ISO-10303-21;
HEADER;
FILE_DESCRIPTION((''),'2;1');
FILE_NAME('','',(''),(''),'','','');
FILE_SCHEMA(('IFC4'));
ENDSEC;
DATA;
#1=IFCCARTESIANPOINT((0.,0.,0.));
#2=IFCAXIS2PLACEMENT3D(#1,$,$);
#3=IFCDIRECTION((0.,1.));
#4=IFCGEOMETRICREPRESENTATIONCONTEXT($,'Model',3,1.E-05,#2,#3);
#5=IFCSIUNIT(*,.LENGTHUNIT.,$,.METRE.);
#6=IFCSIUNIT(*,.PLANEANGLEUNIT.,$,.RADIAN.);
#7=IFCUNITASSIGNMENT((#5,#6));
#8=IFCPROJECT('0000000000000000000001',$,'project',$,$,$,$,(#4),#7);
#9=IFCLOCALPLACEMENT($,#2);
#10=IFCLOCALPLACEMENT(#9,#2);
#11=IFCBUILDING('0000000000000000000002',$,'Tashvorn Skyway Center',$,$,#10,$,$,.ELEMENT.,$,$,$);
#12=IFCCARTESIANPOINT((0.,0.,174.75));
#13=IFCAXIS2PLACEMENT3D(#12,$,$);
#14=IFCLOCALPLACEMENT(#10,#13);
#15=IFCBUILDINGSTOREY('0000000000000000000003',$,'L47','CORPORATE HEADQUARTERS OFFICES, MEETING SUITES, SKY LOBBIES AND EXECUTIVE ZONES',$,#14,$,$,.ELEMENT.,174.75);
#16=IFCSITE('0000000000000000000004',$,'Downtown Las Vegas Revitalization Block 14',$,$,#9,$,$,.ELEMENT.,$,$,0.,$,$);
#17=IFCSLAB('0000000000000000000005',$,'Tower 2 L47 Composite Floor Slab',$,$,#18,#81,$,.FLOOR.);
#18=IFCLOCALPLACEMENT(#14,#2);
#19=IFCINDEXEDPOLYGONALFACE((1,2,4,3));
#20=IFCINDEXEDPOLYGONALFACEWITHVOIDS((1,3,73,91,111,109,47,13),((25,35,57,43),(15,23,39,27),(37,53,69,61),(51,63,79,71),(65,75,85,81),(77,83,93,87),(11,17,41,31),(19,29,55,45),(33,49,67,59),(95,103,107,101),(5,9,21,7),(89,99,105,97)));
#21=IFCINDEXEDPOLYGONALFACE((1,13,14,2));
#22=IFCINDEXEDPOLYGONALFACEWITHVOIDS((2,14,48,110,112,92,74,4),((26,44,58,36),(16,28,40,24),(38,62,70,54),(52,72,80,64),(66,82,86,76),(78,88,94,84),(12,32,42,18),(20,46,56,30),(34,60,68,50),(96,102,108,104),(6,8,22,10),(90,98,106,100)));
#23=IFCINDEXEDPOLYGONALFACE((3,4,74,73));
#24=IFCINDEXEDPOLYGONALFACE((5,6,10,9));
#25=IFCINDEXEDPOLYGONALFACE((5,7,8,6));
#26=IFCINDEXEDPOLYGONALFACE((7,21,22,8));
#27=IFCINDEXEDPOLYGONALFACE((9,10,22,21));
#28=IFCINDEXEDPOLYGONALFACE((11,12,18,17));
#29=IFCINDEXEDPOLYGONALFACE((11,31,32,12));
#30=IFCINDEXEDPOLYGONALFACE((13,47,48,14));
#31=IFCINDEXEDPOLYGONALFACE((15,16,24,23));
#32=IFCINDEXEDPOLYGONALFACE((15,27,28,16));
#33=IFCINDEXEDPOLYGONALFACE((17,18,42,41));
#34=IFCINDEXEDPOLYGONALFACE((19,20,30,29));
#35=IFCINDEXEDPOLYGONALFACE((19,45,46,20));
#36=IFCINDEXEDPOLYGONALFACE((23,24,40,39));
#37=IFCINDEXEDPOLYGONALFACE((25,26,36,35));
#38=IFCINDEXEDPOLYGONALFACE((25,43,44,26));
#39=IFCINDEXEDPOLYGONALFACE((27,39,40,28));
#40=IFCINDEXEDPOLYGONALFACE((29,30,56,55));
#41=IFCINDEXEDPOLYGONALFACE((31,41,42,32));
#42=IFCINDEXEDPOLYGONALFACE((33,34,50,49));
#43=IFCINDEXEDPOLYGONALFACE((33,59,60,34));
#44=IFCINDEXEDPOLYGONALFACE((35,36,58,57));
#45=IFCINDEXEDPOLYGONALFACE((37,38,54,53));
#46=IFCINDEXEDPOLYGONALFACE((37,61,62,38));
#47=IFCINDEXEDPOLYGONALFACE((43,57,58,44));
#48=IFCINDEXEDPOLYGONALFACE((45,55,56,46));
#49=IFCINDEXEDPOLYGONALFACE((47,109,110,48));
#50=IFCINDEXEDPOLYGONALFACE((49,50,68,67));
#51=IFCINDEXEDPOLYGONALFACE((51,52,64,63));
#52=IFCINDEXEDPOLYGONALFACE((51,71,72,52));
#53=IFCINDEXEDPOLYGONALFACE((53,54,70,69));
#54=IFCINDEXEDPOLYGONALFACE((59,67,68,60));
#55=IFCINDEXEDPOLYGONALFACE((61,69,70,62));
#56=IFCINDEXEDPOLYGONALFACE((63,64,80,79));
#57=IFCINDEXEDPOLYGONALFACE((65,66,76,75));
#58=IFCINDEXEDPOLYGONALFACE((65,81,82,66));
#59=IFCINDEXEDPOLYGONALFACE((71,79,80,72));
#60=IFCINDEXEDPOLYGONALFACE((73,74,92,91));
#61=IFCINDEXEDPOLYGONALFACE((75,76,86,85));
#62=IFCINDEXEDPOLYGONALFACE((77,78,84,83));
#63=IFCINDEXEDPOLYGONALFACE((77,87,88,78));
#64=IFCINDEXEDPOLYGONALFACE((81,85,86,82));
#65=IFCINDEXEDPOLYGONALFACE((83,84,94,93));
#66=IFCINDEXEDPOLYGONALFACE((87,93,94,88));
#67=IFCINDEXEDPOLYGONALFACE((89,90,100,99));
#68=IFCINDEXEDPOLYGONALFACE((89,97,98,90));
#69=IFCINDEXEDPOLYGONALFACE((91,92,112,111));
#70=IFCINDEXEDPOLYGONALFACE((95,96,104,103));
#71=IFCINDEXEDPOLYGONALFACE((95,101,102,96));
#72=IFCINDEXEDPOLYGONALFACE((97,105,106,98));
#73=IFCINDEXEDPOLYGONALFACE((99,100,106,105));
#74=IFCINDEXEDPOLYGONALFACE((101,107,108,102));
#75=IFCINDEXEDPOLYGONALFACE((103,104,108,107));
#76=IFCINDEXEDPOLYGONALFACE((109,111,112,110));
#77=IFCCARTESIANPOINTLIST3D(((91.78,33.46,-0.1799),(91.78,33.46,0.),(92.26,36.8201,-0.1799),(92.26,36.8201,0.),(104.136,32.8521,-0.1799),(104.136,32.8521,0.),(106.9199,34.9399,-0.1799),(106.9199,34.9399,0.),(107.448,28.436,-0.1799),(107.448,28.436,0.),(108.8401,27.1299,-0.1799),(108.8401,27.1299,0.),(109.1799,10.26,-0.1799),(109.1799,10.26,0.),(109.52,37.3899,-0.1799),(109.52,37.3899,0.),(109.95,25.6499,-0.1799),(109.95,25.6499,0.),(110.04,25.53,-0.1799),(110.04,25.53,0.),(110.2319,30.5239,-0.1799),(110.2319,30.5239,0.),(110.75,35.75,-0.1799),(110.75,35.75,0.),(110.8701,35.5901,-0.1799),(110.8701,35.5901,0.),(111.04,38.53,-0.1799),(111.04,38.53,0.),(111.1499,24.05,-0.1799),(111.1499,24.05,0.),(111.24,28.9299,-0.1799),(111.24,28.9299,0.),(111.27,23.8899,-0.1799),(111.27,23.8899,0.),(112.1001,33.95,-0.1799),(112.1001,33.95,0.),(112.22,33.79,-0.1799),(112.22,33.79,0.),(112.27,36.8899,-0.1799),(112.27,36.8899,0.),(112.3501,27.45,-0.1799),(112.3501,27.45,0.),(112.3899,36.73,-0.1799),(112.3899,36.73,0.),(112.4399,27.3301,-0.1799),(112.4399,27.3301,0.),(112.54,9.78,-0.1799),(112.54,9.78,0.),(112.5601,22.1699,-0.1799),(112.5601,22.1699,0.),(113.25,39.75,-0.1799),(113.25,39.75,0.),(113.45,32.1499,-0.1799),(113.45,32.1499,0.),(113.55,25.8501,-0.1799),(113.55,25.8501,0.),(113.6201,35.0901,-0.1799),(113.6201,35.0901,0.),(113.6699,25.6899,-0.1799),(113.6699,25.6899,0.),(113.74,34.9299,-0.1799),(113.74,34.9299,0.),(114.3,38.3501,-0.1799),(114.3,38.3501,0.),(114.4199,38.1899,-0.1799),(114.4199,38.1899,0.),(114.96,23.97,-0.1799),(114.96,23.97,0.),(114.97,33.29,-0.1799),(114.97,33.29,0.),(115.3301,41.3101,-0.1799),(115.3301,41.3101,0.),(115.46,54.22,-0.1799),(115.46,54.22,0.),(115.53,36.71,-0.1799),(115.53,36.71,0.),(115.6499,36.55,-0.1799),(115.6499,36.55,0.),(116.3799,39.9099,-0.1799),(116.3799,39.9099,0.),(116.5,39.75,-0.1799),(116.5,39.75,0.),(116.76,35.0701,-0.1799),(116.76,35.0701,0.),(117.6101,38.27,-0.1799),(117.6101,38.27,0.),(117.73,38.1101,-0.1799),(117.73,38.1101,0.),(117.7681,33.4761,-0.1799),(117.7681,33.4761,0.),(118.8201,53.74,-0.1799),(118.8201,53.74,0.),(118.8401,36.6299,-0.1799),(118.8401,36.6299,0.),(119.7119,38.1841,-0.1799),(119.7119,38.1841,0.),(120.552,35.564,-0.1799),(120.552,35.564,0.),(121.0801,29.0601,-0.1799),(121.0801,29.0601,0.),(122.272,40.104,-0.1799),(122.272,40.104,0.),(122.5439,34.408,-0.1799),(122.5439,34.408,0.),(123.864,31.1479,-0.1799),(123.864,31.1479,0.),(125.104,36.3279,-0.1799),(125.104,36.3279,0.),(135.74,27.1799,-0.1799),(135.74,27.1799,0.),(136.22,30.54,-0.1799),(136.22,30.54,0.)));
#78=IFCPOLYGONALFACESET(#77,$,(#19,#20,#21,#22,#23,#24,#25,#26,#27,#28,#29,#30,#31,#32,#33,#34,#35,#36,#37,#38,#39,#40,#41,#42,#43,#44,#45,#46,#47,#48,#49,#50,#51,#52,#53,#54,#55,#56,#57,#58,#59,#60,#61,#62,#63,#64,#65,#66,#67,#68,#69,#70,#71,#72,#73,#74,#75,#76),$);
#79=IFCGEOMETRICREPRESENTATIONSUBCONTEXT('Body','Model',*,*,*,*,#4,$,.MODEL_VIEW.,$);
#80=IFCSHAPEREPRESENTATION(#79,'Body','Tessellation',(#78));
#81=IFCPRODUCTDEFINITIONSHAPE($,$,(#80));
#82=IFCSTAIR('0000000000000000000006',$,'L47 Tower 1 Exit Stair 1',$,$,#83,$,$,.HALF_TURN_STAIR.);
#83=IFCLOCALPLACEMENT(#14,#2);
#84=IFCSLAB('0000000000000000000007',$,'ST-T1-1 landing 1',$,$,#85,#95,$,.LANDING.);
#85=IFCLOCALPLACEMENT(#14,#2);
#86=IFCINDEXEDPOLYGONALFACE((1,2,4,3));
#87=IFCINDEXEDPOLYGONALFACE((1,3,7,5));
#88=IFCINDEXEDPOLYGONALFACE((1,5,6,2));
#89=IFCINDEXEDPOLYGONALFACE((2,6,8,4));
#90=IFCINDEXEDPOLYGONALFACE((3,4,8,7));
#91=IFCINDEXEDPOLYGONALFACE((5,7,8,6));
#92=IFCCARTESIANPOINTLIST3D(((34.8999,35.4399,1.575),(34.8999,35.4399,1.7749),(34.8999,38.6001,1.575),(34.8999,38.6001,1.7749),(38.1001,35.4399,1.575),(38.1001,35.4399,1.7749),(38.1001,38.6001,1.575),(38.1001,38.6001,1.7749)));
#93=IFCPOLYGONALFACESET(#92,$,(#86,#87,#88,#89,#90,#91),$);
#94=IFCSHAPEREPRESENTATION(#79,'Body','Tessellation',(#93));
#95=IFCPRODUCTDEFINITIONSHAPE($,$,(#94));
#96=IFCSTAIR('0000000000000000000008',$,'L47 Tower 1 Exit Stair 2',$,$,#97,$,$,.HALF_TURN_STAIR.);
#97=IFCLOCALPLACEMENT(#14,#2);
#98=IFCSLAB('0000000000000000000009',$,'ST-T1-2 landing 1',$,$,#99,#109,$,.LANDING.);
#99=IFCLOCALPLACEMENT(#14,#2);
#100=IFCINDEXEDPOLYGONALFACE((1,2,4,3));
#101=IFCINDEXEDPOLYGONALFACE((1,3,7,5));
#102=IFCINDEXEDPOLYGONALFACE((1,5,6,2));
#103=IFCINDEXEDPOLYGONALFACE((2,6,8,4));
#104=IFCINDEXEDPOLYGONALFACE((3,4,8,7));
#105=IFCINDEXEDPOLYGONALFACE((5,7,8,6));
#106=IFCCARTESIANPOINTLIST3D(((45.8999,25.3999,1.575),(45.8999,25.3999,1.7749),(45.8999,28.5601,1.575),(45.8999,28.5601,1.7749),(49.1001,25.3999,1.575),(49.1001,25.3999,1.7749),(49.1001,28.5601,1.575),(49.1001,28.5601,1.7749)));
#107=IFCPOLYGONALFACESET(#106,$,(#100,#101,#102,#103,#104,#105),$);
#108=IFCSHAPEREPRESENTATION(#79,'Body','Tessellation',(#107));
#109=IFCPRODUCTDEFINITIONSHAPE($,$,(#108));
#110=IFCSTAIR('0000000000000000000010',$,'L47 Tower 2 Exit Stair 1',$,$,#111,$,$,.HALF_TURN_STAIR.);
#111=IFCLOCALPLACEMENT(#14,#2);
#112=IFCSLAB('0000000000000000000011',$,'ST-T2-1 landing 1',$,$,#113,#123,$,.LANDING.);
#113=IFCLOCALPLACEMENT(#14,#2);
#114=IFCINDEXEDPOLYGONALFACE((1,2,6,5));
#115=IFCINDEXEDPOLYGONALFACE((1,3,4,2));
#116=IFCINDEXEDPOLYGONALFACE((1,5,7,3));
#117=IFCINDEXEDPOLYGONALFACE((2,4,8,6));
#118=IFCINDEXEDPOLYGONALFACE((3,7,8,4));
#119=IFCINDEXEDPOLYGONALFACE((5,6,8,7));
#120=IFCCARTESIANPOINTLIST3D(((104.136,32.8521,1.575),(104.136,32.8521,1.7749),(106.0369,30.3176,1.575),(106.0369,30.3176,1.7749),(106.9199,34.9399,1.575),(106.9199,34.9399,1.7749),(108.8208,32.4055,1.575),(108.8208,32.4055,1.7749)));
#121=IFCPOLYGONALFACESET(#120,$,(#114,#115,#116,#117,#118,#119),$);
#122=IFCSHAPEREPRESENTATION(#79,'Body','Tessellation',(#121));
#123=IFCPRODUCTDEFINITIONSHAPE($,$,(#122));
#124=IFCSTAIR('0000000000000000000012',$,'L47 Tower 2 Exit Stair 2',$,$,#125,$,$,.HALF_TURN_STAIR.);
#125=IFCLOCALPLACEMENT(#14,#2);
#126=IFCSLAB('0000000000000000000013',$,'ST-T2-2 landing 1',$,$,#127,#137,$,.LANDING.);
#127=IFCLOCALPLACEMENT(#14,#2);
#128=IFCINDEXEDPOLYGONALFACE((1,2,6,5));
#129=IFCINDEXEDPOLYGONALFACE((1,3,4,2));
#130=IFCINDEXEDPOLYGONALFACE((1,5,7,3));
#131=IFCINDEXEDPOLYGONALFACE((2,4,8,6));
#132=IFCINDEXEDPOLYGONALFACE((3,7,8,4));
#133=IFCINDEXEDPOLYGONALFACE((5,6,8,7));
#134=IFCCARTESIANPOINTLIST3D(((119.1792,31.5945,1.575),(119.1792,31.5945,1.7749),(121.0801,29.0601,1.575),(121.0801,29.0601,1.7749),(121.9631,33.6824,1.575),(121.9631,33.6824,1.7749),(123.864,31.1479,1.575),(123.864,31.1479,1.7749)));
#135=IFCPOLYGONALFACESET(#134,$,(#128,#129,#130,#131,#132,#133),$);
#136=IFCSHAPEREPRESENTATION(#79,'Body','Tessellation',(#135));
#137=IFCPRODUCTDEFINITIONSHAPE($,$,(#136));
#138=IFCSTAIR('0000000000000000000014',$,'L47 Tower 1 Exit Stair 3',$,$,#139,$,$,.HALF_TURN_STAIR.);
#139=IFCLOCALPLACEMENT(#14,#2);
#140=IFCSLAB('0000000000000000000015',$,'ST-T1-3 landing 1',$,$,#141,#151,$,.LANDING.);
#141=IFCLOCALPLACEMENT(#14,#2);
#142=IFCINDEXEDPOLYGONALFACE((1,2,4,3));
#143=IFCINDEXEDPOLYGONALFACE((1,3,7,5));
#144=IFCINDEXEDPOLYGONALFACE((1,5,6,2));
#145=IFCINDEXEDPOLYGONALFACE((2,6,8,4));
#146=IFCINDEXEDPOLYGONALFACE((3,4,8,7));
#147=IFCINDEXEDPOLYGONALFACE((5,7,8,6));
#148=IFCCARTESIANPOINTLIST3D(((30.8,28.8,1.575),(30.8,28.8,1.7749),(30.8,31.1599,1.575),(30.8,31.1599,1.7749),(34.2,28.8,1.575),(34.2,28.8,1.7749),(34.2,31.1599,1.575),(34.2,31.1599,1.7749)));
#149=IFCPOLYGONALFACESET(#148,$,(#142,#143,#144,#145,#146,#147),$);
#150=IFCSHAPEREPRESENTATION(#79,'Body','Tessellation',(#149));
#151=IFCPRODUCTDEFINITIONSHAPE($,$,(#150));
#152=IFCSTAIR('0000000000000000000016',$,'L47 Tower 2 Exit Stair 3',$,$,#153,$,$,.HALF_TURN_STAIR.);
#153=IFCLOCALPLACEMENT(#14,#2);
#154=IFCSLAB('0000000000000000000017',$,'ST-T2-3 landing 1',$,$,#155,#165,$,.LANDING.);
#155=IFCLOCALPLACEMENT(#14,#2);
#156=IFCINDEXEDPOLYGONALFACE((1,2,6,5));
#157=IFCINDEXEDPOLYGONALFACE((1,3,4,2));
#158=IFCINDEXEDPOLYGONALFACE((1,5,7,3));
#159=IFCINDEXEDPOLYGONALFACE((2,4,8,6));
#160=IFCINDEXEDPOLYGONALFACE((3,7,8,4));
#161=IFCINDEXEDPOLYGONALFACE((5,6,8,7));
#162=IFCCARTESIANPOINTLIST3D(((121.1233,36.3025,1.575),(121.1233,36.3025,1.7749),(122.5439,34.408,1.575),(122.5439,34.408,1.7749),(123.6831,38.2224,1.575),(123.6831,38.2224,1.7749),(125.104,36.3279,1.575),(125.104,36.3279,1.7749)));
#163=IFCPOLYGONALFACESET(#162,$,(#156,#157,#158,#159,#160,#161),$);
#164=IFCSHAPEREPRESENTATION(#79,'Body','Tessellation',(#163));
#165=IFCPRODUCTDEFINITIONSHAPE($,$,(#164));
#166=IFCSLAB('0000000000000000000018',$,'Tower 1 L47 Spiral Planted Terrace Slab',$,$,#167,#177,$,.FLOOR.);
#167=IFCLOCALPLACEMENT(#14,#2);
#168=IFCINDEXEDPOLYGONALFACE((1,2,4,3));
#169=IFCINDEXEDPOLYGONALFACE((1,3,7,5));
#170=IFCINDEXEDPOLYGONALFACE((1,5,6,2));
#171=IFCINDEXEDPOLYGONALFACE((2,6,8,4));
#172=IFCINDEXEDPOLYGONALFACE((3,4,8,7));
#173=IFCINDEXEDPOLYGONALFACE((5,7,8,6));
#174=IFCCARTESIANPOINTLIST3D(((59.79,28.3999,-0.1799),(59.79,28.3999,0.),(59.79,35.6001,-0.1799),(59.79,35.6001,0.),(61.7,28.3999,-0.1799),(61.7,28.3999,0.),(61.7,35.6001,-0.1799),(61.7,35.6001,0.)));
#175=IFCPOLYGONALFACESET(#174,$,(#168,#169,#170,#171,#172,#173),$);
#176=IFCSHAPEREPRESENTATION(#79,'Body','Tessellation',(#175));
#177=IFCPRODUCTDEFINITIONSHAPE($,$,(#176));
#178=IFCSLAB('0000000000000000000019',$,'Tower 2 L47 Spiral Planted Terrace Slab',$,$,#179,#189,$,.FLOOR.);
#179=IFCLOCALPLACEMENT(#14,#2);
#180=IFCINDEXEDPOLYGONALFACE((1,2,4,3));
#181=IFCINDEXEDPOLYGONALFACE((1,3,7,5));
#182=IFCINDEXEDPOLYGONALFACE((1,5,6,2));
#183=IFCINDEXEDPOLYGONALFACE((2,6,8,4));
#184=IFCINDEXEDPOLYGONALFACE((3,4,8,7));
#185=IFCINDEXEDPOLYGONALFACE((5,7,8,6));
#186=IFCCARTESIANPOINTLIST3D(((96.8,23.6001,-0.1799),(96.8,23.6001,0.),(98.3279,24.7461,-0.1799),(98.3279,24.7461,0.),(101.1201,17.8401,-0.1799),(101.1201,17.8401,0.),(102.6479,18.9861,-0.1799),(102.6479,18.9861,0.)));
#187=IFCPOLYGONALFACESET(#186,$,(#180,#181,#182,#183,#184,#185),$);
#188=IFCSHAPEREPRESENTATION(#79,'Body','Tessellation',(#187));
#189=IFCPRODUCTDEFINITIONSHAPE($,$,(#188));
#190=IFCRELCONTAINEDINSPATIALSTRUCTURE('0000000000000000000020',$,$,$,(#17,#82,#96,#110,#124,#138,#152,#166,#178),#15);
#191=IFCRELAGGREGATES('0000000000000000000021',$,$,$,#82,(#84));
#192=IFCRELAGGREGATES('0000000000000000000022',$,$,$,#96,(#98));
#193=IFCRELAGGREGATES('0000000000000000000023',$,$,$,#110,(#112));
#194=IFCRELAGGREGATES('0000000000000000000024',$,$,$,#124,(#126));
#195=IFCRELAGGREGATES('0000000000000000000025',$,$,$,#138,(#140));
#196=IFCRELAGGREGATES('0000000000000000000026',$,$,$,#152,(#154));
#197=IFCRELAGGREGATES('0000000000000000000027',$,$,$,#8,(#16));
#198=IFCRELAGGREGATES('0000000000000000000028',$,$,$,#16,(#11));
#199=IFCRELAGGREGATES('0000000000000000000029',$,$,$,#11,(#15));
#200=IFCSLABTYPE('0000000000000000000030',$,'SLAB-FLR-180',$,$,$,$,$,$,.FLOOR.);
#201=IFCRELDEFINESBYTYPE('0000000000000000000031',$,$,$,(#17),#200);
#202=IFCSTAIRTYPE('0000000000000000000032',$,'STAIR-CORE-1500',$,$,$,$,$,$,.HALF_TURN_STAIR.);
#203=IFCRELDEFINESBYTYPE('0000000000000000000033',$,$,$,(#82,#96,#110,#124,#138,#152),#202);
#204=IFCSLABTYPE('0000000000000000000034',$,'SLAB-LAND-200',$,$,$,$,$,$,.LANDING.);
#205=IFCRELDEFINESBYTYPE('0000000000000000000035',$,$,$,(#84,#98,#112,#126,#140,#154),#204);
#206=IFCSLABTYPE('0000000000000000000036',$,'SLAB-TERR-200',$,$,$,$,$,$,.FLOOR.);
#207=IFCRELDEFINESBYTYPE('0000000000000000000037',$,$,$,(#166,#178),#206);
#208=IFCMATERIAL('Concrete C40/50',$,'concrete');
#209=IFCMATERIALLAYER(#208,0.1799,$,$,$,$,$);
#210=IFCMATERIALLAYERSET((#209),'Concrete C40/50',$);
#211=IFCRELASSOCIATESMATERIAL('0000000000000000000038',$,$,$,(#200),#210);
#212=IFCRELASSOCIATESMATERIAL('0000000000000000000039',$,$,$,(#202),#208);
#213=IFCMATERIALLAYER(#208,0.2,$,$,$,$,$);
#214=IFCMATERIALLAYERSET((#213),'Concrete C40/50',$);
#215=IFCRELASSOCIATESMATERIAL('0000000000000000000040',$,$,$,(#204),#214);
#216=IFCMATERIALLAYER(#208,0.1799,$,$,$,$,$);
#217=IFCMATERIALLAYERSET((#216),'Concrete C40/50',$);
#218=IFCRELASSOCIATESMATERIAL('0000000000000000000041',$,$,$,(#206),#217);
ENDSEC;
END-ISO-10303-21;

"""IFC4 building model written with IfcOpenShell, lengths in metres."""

from ifc_helpers import new_model, si_unit, direction, frame, origin, place, context, subcontext, project, spatial, polyline, outline, extrude, material, layer, layer_set, type_object, element, aggregate, save


model = new_model("IFC4")

# Units and contexts
model_context = context("Model", 3, precision=1e-05, world=origin(), true_north=direction((0.0, 1.0)))
body_context = subcontext(model_context, "Body", "Model", "MODEL_VIEW")
ifc_project = project(units=[si_unit("LENGTHUNIT", "METRE"), si_unit("PLANEANGLEUNIT", "RADIAN")], contexts=[model_context])

# Site, building, storey
site_placement = place(None, origin())
site = spatial("IfcSite", under=ifc_project, at=site_placement, Name="Downtown Las Vegas Revitalization Block 14", CompositionType="ELEMENT", RefElevation=0.0)
building_placement = place(site_placement, origin())
building = spatial("IfcBuilding", under=site, at=building_placement, Name="Tashvorn Skyway Center", CompositionType="ELEMENT")
storey_placement = place(building_placement, frame((0.0, 0.0, 174.75)))
storey = spatial("IfcBuildingStorey", under=building, at=storey_placement, Name="L47", Description="CORPORATE HEADQUARTERS OFFICES, MEETING SUITES, SKY LOBBIES AND EXECUTIVE ZONES", CompositionType="ELEMENT", Elevation=174.75)

# Slab
ifc_material_1 = material(Name="Concrete C40/50", Category="concrete")
ifc_layer_1 = layer(ifc_material_1, 0.1799)
ifc_layer_set_1 = layer_set([ifc_layer_1], Name="Concrete C40/50")
slab_type_1 = type_object("IfcSlabType", Name="SLAB-FLR-180", PredefinedType="FLOOR", material=ifc_layer_set_1)
slab_1_placement = place(storey_placement, frame((0.0, 0.0, -0.1799)))
element("IfcSlab", 1, at=slab_1_placement, inside=storey, type_object=slab_type_1, Name="Tower 2 L47 Composite Floor Slab", PredefinedType="FLOOR", context=body_context, shape_type="SweptSolid", body=[
    extrude(outline(polyline([(112.54, 9.78), (135.74, 27.1799), (136.22, 30.54), (118.8201, 53.74), (115.46, 54.22), (92.26, 36.8201), (91.78, 33.46), (109.1799, 10.26), (112.54, 9.78)]), holes=[polyline([(110.2319, 30.5239), (106.9199, 34.9399), (104.136, 32.8521), (107.448, 28.436), (110.2319, 30.5239)]), polyline([(117.7681, 33.4761), (121.0801, 29.0601), (123.864, 31.1479), (120.552, 35.564), (117.7681, 33.4761)]), polyline([(119.7119, 38.1841), (122.5439, 34.408), (125.104, 36.3279), (122.272, 40.104), (119.7119, 38.1841)]), polyline([(109.95, 25.6499), (112.3501, 27.45), (111.24, 28.9299), (108.8401, 27.1299), (109.95, 25.6499)]), polyline([(111.1499, 24.05), (113.55, 25.8501), (112.4399, 27.3301), (110.04, 25.53), (111.1499, 24.05)]), polyline([(112.5601, 22.1699), (114.96, 23.97), (113.6699, 25.6899), (111.27, 23.8899), (112.5601, 22.1699)]), polyline([(113.45, 32.1499), (114.97, 33.29), (113.74, 34.9299), (112.22, 33.79), (113.45, 32.1499)]), polyline([(112.1001, 33.95), (113.6201, 35.0901), (112.3899, 36.73), (110.8701, 35.5901), (112.1001, 33.95)]), polyline([(110.75, 35.75), (112.27, 36.8899), (111.04, 38.53), (109.52, 37.3899), (110.75, 35.75)]), polyline([(116.76, 35.0701), (118.8401, 36.6299), (117.73, 38.1101), (115.6499, 36.55), (116.76, 35.0701)]), polyline([(115.53, 36.71), (117.6101, 38.27), (116.5, 39.75), (114.4199, 38.1899), (115.53, 36.71)]), polyline([(114.3, 38.3501), (116.3799, 39.9099), (115.3301, 41.3101), (113.25, 39.75), (114.3, 38.3501)])]), origin(), (0.0, 0.0, 1.0), 0.1799),
])

# Stairs, slabs
stair_type = type_object("IfcStairType", Name="STAIR-CORE-1500", PredefinedType="HALF_TURN_STAIR", material=ifc_material_1)
stair_1_placement = place(storey_placement, origin())
stair_1 = element("IfcStair", 2, at=stair_1_placement, inside=storey, type_object=stair_type, Name="L47 Tower 1 Exit Stair 1", PredefinedType="HALF_TURN_STAIR")
ifc_layer_2 = layer(ifc_material_1, 0.2)
ifc_layer_set_2 = layer_set([ifc_layer_2], Name="Concrete C40/50")
slab_type_2 = type_object("IfcSlabType", Name="SLAB-LAND-200", PredefinedType="LANDING", material=ifc_layer_set_2)
slab_2_placement = place(storey_placement, frame((0.0, 0.0, 1.575)))
slab_2 = element("IfcSlab", 3, at=slab_2_placement, type_object=slab_type_2, Name="ST-T1-1 landing 1", PredefinedType="LANDING", context=body_context, shape_type="SweptSolid", body=[
    extrude(outline(polyline([(38.1001, 35.4399), (38.1001, 38.6001), (34.8999, 38.6001), (34.8999, 35.4399), (38.1001, 35.4399)])), origin(), (0.0, 0.0, 1.0), 0.2),
])
aggregate(stair_1, [slab_2])
stair_2_placement = place(storey_placement, origin())
stair_2 = element("IfcStair", 4, at=stair_2_placement, inside=storey, type_object=stair_type, Name="L47 Tower 1 Exit Stair 2", PredefinedType="HALF_TURN_STAIR")
slab_3_placement = place(storey_placement, frame((0.0, 0.0, 1.575)))
slab_3 = element("IfcSlab", 5, at=slab_3_placement, type_object=slab_type_2, Name="ST-T1-2 landing 1", PredefinedType="LANDING", context=body_context, shape_type="SweptSolid", body=[
    extrude(outline(polyline([(45.8999, 28.5601), (45.8999, 25.3999), (49.1001, 25.3999), (49.1001, 28.5601), (45.8999, 28.5601)])), origin(), (0.0, 0.0, 1.0), 0.2),
])
aggregate(stair_2, [slab_3])
stair_3_placement = place(storey_placement, origin())
stair_3 = element("IfcStair", 6, at=stair_3_placement, inside=storey, type_object=stair_type, Name="L47 Tower 2 Exit Stair 1", PredefinedType="HALF_TURN_STAIR")
slab_4_placement = place(storey_placement, frame((0.0, 0.0, 1.575)))
slab_4 = element("IfcSlab", 7, at=slab_4_placement, type_object=slab_type_2, Name="ST-T2-1 landing 1", PredefinedType="LANDING", context=body_context, shape_type="SweptSolid", body=[
    extrude(outline(polyline([(108.8208, 32.4055), (106.9199, 34.9399), (104.136, 32.8521), (106.0369, 30.3176), (108.8208, 32.4055)])), origin(), (0.0, 0.0, 1.0), 0.2),
])
aggregate(stair_3, [slab_4])
stair_4_placement = place(storey_placement, origin())
stair_4 = element("IfcStair", 8, at=stair_4_placement, inside=storey, type_object=stair_type, Name="L47 Tower 2 Exit Stair 2", PredefinedType="HALF_TURN_STAIR")
slab_5_placement = place(storey_placement, frame((0.0, 0.0, 1.575)))
slab_5 = element("IfcSlab", 9, at=slab_5_placement, type_object=slab_type_2, Name="ST-T2-2 landing 1", PredefinedType="LANDING", context=body_context, shape_type="SweptSolid", body=[
    extrude(outline(polyline([(119.1792, 31.5945), (121.0801, 29.0601), (123.864, 31.1479), (121.9631, 33.6824), (119.1792, 31.5945)])), origin(), (0.0, 0.0, 1.0), 0.2),
])
aggregate(stair_4, [slab_5])
stair_5_placement = place(storey_placement, origin())
stair_5 = element("IfcStair", 10, at=stair_5_placement, inside=storey, type_object=stair_type, Name="L47 Tower 1 Exit Stair 3", PredefinedType="HALF_TURN_STAIR")
slab_6_placement = place(storey_placement, frame((0.0, 0.0, 1.575)))
slab_6 = element("IfcSlab", 11, at=slab_6_placement, type_object=slab_type_2, Name="ST-T1-3 landing 1", PredefinedType="LANDING", context=body_context, shape_type="SweptSolid", body=[
    extrude(outline(polyline([(30.8, 31.1599), (30.8, 28.8), (34.2, 28.8), (34.2, 31.1599), (30.8, 31.1599)])), origin(), (0.0, 0.0, 1.0), 0.2),
])
aggregate(stair_5, [slab_6])
stair_6_placement = place(storey_placement, origin())
stair_6 = element("IfcStair", 12, at=stair_6_placement, inside=storey, type_object=stair_type, Name="L47 Tower 2 Exit Stair 3", PredefinedType="HALF_TURN_STAIR")
slab_7_placement = place(storey_placement, frame((0.0, 0.0, 1.575)))
slab_7 = element("IfcSlab", 13, at=slab_7_placement, type_object=slab_type_2, Name="ST-T2-3 landing 1", PredefinedType="LANDING", context=body_context, shape_type="SweptSolid", body=[
    extrude(outline(polyline([(121.1233, 36.3025), (122.5439, 34.408), (125.104, 36.3279), (123.6831, 38.2224), (121.1233, 36.3025)])), origin(), (0.0, 0.0, 1.0), 0.2),
])
aggregate(stair_6, [slab_7])

# Slabs
ifc_layer_3 = layer(ifc_material_1, 0.1799)
ifc_layer_set_3 = layer_set([ifc_layer_3], Name="Concrete C40/50")
slab_type_3 = type_object("IfcSlabType", Name="SLAB-TERR-200", PredefinedType="FLOOR", material=ifc_layer_set_3)
slab_8_placement = place(storey_placement, frame((0.0, 0.0, -0.1799)))
element("IfcSlab", 14, at=slab_8_placement, inside=storey, type_object=slab_type_3, Name="Tower 1 L47 Spiral Planted Terrace Slab", PredefinedType="FLOOR", context=body_context, shape_type="SweptSolid", body=[
    extrude(outline(polyline([(59.79, 28.3999), (61.7, 28.3999), (61.7, 35.6001), (59.79, 35.6001), (59.79, 28.3999)])), origin(), (0.0, 0.0, 1.0), 0.1799),
])
slab_9_placement = place(storey_placement, frame((0.0, 0.0, -0.1799)))
element("IfcSlab", 15, at=slab_9_placement, inside=storey, type_object=slab_type_3, Name="Tower 2 L47 Spiral Planted Terrace Slab", PredefinedType="FLOOR", context=body_context, shape_type="SweptSolid", body=[
    extrude(outline(polyline([(101.1201, 17.8401), (102.6479, 18.9861), (98.3279, 24.7461), (96.8, 23.6001), (101.1201, 17.8401)])), origin(), (0.0, 0.0, 1.0), 0.1799),
])

save(model, "model.ifc")
